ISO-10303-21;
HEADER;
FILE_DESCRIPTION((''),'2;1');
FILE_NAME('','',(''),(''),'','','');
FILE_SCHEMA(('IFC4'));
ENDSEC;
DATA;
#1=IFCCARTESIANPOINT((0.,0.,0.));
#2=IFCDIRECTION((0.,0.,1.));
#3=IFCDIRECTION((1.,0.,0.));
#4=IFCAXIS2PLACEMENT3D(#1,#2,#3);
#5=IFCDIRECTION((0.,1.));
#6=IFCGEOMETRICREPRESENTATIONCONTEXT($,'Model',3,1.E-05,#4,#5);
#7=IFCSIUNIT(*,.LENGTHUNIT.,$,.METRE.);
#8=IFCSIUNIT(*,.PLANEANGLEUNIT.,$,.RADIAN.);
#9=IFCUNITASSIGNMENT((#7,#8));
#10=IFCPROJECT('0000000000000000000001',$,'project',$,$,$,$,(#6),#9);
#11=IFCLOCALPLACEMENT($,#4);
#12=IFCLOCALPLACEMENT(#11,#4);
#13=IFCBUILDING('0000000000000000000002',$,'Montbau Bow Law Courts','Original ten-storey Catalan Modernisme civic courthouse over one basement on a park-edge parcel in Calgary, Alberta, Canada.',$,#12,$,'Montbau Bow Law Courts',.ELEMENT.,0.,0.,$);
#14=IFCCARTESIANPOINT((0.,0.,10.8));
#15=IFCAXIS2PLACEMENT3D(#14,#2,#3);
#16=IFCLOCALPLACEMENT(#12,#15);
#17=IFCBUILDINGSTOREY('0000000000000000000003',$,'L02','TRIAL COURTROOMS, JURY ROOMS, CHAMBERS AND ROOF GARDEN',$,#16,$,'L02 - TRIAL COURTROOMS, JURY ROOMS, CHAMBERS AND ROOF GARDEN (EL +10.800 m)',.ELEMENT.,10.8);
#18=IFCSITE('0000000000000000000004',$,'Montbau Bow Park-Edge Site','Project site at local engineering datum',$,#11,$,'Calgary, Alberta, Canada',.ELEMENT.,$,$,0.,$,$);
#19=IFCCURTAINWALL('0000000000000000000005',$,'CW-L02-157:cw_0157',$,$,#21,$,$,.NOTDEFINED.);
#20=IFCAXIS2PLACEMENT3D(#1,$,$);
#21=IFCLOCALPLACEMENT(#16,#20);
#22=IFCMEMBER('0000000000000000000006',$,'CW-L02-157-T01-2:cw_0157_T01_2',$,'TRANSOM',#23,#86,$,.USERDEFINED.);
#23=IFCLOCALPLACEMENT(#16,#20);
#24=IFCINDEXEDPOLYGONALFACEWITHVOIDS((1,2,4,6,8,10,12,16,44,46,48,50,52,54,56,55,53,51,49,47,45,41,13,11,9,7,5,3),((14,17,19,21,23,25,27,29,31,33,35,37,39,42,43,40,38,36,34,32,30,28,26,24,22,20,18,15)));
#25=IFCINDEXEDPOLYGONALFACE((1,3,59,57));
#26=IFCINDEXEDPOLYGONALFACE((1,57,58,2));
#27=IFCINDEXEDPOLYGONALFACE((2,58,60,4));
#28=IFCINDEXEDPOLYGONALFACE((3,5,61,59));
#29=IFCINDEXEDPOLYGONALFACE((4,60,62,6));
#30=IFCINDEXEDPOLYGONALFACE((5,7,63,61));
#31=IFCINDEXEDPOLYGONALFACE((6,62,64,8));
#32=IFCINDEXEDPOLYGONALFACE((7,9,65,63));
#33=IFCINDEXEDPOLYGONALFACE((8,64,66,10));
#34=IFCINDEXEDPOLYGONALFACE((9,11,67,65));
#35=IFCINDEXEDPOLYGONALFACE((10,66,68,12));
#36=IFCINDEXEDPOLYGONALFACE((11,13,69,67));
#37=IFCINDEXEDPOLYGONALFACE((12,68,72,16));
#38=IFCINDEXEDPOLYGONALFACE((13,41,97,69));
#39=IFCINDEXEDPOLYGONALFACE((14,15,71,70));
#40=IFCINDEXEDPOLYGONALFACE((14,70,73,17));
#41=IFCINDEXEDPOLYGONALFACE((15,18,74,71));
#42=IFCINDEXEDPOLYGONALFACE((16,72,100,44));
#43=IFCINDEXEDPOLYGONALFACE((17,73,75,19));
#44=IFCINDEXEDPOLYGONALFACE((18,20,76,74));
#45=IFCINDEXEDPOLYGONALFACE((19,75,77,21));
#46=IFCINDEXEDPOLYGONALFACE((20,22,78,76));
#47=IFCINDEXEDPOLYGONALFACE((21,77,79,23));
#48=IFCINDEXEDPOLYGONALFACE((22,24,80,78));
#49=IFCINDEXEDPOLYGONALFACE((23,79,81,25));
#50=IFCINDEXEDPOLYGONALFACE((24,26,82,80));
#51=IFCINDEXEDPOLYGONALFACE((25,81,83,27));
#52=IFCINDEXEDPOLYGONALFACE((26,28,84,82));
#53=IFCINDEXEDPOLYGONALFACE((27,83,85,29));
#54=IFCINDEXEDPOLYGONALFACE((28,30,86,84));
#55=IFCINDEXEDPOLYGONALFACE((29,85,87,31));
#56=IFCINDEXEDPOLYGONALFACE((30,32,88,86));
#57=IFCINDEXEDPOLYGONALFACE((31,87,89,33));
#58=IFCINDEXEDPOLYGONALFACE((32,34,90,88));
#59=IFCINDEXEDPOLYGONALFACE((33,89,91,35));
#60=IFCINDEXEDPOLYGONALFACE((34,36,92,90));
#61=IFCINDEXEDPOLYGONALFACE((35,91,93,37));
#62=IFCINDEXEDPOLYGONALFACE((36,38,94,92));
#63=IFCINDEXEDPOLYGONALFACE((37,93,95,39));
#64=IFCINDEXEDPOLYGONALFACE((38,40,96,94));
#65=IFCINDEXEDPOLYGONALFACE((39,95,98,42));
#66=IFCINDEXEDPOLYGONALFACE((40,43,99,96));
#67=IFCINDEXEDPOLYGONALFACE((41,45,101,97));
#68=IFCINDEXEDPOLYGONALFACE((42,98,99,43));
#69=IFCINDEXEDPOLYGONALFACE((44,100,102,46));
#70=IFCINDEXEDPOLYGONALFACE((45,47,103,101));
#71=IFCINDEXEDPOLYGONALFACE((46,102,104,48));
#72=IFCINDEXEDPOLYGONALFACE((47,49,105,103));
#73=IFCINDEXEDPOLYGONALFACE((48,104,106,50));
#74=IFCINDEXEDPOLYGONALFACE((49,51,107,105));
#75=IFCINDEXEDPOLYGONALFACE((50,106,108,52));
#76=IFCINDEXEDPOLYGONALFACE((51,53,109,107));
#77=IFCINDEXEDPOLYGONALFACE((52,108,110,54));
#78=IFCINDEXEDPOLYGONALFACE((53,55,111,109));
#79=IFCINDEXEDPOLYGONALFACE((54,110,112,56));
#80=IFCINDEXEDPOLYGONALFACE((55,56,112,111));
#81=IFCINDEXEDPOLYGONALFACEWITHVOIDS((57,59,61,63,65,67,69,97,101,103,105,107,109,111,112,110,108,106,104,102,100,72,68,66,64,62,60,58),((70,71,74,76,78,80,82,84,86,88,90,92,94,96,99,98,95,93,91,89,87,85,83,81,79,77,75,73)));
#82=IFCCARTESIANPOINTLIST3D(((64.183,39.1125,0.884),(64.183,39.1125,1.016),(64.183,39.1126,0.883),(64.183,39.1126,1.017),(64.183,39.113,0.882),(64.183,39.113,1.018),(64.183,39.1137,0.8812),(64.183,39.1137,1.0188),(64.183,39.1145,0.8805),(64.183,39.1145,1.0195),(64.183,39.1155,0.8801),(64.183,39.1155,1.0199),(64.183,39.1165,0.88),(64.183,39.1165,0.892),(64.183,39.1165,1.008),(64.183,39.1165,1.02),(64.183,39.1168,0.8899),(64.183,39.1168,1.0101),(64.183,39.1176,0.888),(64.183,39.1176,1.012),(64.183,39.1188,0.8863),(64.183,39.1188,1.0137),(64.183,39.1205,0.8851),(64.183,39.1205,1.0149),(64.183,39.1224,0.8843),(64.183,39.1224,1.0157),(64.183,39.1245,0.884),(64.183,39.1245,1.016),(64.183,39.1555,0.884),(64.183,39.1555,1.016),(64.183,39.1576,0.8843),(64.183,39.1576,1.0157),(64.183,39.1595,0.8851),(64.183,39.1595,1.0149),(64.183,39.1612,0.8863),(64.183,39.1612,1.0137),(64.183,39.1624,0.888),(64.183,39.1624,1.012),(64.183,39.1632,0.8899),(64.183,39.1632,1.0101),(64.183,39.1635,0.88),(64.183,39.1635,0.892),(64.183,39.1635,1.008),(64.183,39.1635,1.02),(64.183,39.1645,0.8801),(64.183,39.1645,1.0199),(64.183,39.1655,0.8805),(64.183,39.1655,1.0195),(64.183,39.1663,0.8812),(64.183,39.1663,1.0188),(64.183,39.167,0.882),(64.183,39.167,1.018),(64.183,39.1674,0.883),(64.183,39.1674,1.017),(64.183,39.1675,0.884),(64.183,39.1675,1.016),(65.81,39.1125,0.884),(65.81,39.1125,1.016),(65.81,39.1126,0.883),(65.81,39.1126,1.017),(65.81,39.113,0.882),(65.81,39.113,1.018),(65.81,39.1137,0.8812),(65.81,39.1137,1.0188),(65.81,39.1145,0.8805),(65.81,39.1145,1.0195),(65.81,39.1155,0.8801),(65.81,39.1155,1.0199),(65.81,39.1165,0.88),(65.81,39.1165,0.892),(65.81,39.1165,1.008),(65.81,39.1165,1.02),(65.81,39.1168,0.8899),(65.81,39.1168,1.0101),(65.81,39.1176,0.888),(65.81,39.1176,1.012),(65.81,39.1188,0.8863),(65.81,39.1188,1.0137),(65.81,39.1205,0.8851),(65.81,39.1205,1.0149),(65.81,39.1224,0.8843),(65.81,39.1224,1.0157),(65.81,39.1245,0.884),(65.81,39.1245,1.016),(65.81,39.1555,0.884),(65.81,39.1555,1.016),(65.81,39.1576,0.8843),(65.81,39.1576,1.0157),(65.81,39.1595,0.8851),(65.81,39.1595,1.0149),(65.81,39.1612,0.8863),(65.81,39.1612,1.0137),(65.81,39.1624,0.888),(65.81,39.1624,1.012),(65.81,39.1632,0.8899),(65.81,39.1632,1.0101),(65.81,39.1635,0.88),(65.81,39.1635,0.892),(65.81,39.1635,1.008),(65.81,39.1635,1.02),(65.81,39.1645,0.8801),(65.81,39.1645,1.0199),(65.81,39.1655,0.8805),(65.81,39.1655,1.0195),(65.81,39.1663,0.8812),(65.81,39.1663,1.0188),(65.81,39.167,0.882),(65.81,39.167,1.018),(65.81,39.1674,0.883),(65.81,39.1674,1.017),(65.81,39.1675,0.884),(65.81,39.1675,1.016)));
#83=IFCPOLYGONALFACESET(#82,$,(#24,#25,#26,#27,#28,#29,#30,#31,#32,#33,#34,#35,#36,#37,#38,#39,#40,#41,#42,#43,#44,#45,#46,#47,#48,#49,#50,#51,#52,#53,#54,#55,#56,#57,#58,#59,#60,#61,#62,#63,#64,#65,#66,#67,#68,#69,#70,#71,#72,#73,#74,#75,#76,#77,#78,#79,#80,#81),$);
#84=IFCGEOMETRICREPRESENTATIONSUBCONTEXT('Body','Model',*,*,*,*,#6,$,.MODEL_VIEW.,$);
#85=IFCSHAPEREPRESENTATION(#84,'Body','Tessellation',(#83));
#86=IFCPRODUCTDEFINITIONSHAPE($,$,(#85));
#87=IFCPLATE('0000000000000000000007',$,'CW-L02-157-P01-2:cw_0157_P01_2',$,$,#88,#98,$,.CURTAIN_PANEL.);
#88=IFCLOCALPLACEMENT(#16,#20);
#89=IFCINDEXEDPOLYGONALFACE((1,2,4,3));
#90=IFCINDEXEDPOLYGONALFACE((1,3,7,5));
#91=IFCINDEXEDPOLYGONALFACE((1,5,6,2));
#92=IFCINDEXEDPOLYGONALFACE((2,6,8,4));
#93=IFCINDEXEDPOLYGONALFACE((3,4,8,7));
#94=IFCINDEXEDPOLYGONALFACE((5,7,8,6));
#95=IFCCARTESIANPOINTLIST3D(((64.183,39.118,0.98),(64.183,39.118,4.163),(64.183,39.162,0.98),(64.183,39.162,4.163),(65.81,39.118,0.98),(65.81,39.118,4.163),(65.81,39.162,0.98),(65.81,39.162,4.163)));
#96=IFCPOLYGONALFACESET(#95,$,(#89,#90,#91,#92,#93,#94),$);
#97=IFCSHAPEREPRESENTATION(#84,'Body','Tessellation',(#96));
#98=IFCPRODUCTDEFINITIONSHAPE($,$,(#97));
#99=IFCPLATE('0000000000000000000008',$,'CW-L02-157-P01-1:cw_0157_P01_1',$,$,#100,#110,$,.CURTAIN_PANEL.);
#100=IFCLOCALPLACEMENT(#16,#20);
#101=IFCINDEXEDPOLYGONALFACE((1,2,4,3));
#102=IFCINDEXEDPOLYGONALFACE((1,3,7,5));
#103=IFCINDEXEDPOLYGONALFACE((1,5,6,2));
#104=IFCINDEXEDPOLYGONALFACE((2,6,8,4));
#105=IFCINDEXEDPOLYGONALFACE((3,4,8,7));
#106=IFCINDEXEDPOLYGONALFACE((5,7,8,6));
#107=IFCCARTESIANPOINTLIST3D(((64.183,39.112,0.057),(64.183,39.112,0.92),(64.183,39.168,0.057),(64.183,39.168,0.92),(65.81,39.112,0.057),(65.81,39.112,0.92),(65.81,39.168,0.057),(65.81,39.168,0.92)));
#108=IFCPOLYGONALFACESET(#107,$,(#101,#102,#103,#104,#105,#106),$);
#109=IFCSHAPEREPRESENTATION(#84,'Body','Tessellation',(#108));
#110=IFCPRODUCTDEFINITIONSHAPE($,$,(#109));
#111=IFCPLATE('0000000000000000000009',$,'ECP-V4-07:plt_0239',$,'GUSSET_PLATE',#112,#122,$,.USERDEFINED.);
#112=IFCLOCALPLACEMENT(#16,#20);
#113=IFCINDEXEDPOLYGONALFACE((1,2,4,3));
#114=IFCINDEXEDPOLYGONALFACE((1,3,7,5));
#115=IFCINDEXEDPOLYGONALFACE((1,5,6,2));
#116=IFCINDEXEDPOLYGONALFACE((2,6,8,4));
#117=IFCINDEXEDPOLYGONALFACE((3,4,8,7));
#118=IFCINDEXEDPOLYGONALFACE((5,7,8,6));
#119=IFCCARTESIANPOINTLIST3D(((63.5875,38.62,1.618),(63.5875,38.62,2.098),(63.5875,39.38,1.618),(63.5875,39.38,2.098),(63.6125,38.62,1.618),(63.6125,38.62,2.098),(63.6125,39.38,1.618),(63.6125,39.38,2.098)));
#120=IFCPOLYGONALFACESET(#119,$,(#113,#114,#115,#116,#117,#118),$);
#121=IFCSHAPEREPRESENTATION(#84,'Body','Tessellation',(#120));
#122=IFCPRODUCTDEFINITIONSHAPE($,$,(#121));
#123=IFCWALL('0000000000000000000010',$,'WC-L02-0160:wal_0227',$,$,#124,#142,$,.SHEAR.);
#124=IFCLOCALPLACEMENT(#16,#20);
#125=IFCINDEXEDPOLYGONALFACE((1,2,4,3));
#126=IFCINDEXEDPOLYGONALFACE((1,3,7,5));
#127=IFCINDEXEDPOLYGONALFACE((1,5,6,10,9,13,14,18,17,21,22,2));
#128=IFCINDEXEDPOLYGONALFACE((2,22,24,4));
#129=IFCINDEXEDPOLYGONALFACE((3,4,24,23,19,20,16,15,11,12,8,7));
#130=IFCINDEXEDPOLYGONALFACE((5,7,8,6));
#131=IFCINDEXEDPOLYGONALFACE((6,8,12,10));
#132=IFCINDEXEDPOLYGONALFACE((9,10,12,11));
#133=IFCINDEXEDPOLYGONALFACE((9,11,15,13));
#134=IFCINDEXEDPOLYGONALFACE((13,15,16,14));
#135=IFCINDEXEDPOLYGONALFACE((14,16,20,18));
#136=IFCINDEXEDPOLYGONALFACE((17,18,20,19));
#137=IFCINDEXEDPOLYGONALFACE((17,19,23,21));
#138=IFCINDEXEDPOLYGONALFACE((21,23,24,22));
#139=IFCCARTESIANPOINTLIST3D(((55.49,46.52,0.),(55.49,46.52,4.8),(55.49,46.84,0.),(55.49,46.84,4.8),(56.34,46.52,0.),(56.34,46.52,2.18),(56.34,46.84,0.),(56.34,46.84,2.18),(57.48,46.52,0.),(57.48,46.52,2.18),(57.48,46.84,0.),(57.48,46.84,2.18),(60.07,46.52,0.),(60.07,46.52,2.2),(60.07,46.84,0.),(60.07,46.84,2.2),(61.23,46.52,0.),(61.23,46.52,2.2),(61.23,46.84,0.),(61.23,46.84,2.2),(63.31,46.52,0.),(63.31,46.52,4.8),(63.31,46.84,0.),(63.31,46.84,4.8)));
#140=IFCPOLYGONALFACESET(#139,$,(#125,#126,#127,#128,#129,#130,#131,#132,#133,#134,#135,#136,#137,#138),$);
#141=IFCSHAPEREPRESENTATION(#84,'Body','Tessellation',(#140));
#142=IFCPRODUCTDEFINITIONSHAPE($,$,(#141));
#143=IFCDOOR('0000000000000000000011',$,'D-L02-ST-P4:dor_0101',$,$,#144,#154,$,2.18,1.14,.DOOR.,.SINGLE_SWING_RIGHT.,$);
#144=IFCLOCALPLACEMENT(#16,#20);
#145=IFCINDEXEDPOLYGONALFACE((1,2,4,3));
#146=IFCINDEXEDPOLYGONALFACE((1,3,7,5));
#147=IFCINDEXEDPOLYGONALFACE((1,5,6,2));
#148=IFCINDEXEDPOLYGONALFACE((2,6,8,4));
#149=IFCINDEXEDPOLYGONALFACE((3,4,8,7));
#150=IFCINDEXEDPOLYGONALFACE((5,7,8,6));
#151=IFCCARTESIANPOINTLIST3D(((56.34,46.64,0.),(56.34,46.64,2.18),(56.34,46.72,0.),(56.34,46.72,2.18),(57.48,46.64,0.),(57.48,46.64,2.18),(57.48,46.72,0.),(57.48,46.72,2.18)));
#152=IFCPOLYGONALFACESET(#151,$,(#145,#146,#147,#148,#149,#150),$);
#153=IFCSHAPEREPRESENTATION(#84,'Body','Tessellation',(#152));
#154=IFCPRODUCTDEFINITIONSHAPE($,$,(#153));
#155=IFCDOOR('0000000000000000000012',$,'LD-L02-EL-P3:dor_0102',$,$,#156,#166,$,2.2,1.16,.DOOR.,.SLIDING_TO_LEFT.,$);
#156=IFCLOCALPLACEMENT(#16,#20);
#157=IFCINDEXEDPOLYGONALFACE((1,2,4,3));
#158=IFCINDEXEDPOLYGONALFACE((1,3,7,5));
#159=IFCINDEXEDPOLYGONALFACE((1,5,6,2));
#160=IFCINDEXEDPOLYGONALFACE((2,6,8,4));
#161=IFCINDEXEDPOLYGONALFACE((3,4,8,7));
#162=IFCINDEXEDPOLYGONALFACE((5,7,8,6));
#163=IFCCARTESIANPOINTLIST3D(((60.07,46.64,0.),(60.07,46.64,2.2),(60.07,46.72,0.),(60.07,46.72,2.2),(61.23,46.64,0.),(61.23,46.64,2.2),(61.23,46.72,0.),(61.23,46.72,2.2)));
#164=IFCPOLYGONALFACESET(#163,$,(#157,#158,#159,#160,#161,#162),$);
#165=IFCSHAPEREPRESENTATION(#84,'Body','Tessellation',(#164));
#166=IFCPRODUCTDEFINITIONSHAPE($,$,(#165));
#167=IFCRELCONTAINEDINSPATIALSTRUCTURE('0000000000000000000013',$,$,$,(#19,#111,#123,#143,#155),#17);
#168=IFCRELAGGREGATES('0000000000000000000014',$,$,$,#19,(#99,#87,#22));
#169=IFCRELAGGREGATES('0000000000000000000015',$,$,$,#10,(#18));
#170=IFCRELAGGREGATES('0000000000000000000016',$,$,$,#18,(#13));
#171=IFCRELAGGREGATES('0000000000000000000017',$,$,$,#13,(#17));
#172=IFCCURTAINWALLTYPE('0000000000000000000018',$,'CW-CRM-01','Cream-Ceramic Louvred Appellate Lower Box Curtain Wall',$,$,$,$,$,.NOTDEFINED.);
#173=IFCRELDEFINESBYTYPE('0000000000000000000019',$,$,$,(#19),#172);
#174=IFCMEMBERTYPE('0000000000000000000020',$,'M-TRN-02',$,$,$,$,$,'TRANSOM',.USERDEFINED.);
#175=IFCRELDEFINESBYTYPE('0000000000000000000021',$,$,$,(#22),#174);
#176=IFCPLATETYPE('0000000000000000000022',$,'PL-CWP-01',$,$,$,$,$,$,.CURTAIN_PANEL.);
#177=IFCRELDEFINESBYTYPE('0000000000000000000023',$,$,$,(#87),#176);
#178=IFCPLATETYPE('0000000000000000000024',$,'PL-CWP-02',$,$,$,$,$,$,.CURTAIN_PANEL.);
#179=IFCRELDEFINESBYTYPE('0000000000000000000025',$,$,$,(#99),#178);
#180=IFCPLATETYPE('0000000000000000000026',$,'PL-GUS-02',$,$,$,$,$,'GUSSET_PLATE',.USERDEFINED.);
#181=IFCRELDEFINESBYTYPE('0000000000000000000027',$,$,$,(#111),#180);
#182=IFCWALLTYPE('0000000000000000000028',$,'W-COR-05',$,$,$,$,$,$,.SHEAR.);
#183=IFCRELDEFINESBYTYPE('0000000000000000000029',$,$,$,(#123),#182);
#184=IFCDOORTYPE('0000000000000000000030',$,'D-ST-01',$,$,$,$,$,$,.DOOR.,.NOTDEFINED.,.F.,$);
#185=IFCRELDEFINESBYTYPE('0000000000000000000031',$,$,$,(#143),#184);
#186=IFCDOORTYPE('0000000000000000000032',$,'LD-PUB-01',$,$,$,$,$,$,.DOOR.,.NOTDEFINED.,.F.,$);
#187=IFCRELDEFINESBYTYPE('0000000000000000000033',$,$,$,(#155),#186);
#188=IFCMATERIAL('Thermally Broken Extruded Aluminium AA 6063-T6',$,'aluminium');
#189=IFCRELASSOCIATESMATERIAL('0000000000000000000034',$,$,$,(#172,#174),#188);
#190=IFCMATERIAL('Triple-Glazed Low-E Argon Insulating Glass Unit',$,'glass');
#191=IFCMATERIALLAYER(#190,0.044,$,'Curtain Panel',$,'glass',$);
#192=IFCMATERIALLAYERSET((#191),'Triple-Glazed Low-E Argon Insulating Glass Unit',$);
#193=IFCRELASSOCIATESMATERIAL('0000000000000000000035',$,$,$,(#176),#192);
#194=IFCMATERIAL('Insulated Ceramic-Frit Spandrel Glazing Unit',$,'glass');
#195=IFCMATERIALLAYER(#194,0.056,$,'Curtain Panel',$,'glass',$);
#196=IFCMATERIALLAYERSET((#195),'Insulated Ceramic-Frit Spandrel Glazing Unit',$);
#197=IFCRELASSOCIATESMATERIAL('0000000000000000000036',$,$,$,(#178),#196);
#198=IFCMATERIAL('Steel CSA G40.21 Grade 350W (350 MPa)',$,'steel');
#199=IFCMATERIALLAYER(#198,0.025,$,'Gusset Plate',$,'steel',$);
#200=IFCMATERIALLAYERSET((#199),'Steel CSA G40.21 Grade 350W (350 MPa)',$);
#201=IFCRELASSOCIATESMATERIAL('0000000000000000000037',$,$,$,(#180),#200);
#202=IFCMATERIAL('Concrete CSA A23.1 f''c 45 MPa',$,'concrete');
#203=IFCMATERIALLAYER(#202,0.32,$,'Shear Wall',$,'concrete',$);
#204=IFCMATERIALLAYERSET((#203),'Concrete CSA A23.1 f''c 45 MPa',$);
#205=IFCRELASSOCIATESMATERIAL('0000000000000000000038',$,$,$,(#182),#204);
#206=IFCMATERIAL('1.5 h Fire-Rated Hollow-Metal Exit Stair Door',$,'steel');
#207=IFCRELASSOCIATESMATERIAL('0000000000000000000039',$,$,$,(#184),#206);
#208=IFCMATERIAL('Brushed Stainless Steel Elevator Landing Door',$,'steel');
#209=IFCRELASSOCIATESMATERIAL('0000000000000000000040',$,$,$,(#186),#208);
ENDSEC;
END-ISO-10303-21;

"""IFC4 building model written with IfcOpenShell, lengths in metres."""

from ifc_helpers import new_model, si_unit, direction, frame, frame_2d, origin_with_axes, origin_2d_with_axis, place, context, subcontext, project, spatial, rectangle, hollow_rectangle, extrude, material, layer, layer_set, material_profile, profile_set, type_object, element, fill, aggregate, save


model = new_model("IFC4")

# Units and contexts
model_context = context("Model", 3, precision=1e-05, world=origin_with_axes(), true_north=direction((0.0, 1.0)))
body_context = subcontext(model_context, "Body", "Model", "MODEL_VIEW")
ifc_project = project(units=[si_unit("LENGTHUNIT", "METRE"), si_unit("PLANEANGLEUNIT", "RADIAN")], contexts=[model_context])

# Site, building, storey
site_placement = place(None, origin_with_axes())
site = spatial("IfcSite", under=ifc_project, at=site_placement, Name="Montbau Bow Park-Edge Site", Description="Project site at local engineering datum", LongName="Calgary, Alberta, Canada", CompositionType="ELEMENT", RefElevation=0.0)
building_placement = place(site_placement, origin_with_axes())
building = spatial("IfcBuilding", under=site, at=building_placement, Name="Montbau Bow Law Courts", Description="Original ten-storey Catalan Modernisme civic courthouse over one basement on a park-edge parcel in Calgary, Alberta, Canada.", LongName="Montbau Bow Law Courts", CompositionType="ELEMENT", ElevationOfRefHeight=0.0, ElevationOfTerrain=0.0)
storey_placement = place(building_placement, frame((0.0, 0.0, 10.8), z_axis=(0.0, 0.0, 1.0), x_axis=(1.0, 0.0, 0.0)))
storey = spatial("IfcBuildingStorey", under=building, at=storey_placement, Name="L02", Description="TRIAL COURTROOMS, JURY ROOMS, CHAMBERS AND ROOF GARDEN", LongName="L02 - TRIAL COURTROOMS, JURY ROOMS, CHAMBERS AND ROOF GARDEN (EL +10.800 m)", CompositionType="ELEMENT", Elevation=10.8)

# Shared definitions
ifc_material_1 = material(Name="Steel CSA G40.21 Grade 350W (350 MPa)", Category="steel")

# Curtain wall
ifc_material_2 = material(Name="Thermally Broken Extruded Aluminium AA 6063-T6", Category="aluminium")
curtain_wall_type = type_object("IfcCurtainWallType", Name="CW-CRM-01", Description="Cream-Ceramic Louvred Appellate Lower Box Curtain Wall", PredefinedType="NOTDEFINED", material=ifc_material_2)
curtain_wall_placement = place(None, frame((64.115, 39.14, 10.8), z_axis=(0.0, 0.0, 1.0), x_axis=(1.0, 0.0, 0.0)))
curtain_wall = element("IfcCurtainWall", 1, at=curtain_wall_placement, inside=storey, type_object=curtain_wall_type, Name="CW-L02-157:cw_0157", PredefinedType="NOTDEFINED")

# Member
ifc_material_profile_1 = material_profile(ifc_material_2, hollow_rectangle(XDim=0.055, YDim=0.14, WallThickness=0.004, InnerFilletRadius=0.008, OuterFilletRadius=0.004, at=origin_2d_with_axis()), Name="CWT-140X55", Category="Main", Priority=0)
ifc_profile_set_1 = profile_set([ifc_material_profile_1], Name="Thermally Broken Extruded Aluminium AA 6063-T6")
member_type_1 = type_object("IfcMemberType", Name="M-TRN-02", ElementType="TRANSOM", PredefinedType="USERDEFINED", material=ifc_profile_set_1)
member_1_placement = place(None, frame((64.183, 39.14, 11.75), z_axis=(1.0, 0.0, 0.0), x_axis=(0.0, 1.0, 0.0)))
member_1 = element("IfcMember", 2, at=member_1_placement, type_object=member_type_1, Name="CW-L02-157-T01-2:cw_0157_T01_2", ObjectType="TRANSOM", PredefinedType="USERDEFINED", context=body_context, shape_type="SweptSolid", body=[
    extrude(hollow_rectangle(XDim=0.055, YDim=0.14, WallThickness=0.004, InnerFilletRadius=0.008, OuterFilletRadius=0.004, at=origin_2d_with_axis()), origin_with_axes(), (0.0, 0.0, 1.0), 1.627),
])

# Plates
ifc_material_3 = material(Name="Triple-Glazed Low-E Argon Insulating Glass Unit", Category="glass")
ifc_layer_1 = layer(ifc_material_3, 0.044, Name="Curtain Panel", Category="glass")
ifc_layer_set_1 = layer_set([ifc_layer_1], Name="Triple-Glazed Low-E Argon Insulating Glass Unit")
plate_type_1 = type_object("IfcPlateType", Name="PL-CWP-01", PredefinedType="CURTAIN_PANEL", material=ifc_layer_set_1)
plate_1_placement = place(None, frame((64.183, 39.14, 11.78), z_axis=(0.0, -1.0, 0.0), x_axis=(1.0, 0.0, 0.0)))
plate_1 = element("IfcPlate", 3, at=plate_1_placement, type_object=plate_type_1, Name="CW-L02-157-P01-2:cw_0157_P01_2", PredefinedType="CURTAIN_PANEL", context=body_context, shape_type="SweptSolid", body=[
    extrude(rectangle(XDim=1.627, YDim=3.183, at=frame_2d((0.8135, 1.5915), x_axis=(1.0, 0.0))), frame((0.0, 0.0, -0.022), z_axis=(0.0, 0.0, 1.0), x_axis=(1.0, 0.0, 0.0)), (0.0, 0.0, 1.0), 0.044),
])
ifc_material_4 = material(Name="Insulated Ceramic-Frit Spandrel Glazing Unit", Category="glass")
ifc_layer_2 = layer(ifc_material_4, 0.056, Name="Curtain Panel", Category="glass")
ifc_layer_set_2 = layer_set([ifc_layer_2], Name="Insulated Ceramic-Frit Spandrel Glazing Unit")
plate_type_2 = type_object("IfcPlateType", Name="PL-CWP-02", PredefinedType="CURTAIN_PANEL", material=ifc_layer_set_2)
plate_2_placement = place(None, frame((64.183, 39.14, 10.857), z_axis=(0.0, -1.0, 0.0), x_axis=(1.0, 0.0, 0.0)))
plate_2 = element("IfcPlate", 4, at=plate_2_placement, type_object=plate_type_2, Name="CW-L02-157-P01-1:cw_0157_P01_1", PredefinedType="CURTAIN_PANEL", context=body_context, shape_type="SweptSolid", body=[
    extrude(rectangle(XDim=1.627, YDim=0.863, at=frame_2d((0.8135, 0.4315), x_axis=(1.0, 0.0))), frame((0.0, 0.0, -0.028), z_axis=(0.0, 0.0, 1.0), x_axis=(1.0, 0.0, 0.0)), (0.0, 0.0, 1.0), 0.056),
])
aggregate(curtain_wall, [plate_2, plate_1, member_1])
ifc_layer_3 = layer(ifc_material_1, 0.025, Name="Gusset Plate", Category="steel")
ifc_layer_set_3 = layer_set([ifc_layer_3], Name="Steel CSA G40.21 Grade 350W (350 MPa)")
plate_type_3 = type_object("IfcPlateType", Name="PL-GUS-02", ElementType="GUSSET_PLATE", PredefinedType="USERDEFINED", material=ifc_layer_set_3)
plate_3_placement = place(None, frame((63.6, 39.0, 12.418), z_axis=(0.0, 0.0, 1.0), x_axis=(1.0, 0.0, 0.0)))
element("IfcPlate", 5, at=plate_3_placement, inside=storey, type_object=plate_type_3, Name="ECP-V4-07:plt_0239", ObjectType="GUSSET_PLATE", PredefinedType="USERDEFINED", context=body_context, shape_type="SweptSolid", body=[
    extrude(rectangle(XDim=0.025, YDim=0.76, at=origin_2d_with_axis()), origin_with_axes(), (0.0, 0.0, 1.0), 0.48),
])

# Wall, openings, doors
ifc_material_5 = material(Name="Concrete CSA A23.1 f'c 45 MPa", Category="concrete")
ifc_layer_4 = layer(ifc_material_5, 0.32, Name="Shear Wall", Category="concrete")
ifc_layer_set_4 = layer_set([ifc_layer_4], Name="Concrete CSA A23.1 f'c 45 MPa")
wall_type_1 = type_object("IfcWallType", Name="W-COR-05", PredefinedType="SHEAR", material=ifc_layer_set_4)
wall_1_placement = place(None, frame((55.49, 46.68, 10.8), z_axis=(0.0, 0.0, 1.0), x_axis=(1.0, 0.0, 0.0)))
wall_1 = element("IfcWall", 6, at=wall_1_placement, inside=storey, type_object=wall_type_1, Name="WC-L02-0160:wal_0227", PredefinedType="SHEAR", context=body_context, shape_type="SweptSolid", body=[
    extrude(rectangle(XDim=7.82, YDim=0.32, at=frame_2d((3.91, 0.0), x_axis=(1.0, 0.0))), origin_with_axes(), (0.0, 0.0, 1.0), 4.8),
])
opening_1_placement = place(None, frame((56.91, 46.68, 10.8), z_axis=(0.0, 0.0, 1.0), x_axis=(1.0, 0.0, 0.0)))
opening_1 = element("IfcOpeningElement", 7, at=opening_1_placement, cuts=wall_1, PredefinedType="OPENING", context=body_context, shape_type="SweptSolid", body=[
    extrude(rectangle(XDim=1.14, YDim=2.18, at=frame_2d((0.0, 1.09), x_axis=(1.0, 0.0))), frame((0.0, 0.17, 0.0), z_axis=(0.0, -1.0, 0.0), x_axis=(1.0, 0.0, 0.0)), (0.0, 0.0, 1.0), 0.34),
])
opening_2_placement = place(None, frame((60.65, 46.68, 10.8), z_axis=(0.0, 0.0, 1.0), x_axis=(1.0, 0.0, 0.0)))
opening_2 = element("IfcOpeningElement", 8, at=opening_2_placement, cuts=wall_1, PredefinedType="OPENING", context=body_context, shape_type="SweptSolid", body=[
    extrude(rectangle(XDim=1.16, YDim=2.2, at=frame_2d((0.0, 1.1), x_axis=(1.0, 0.0))), frame((0.0, 0.17, 0.0), z_axis=(0.0, -1.0, 0.0), x_axis=(1.0, 0.0, 0.0)), (0.0, 0.0, 1.0), 0.34),
])
ifc_material_6 = material(Name="1.5 h Fire-Rated Hollow-Metal Exit Stair Door", Category="steel")
door_type_1 = type_object("IfcDoorType", Name="D-ST-01", OperationType="NOTDEFINED", ParameterTakesPrecedence=False, PredefinedType="DOOR", material=ifc_material_6)
door_1_placement = place(None, frame((56.91, 46.68, 10.8), z_axis=(0.0, 0.0, 1.0), x_axis=(-1.0, 0.0, 0.0)))
door_1 = element("IfcDoor", 9, at=door_1_placement, inside=storey, type_object=door_type_1, Name="D-L02-ST-P4:dor_0101", OperationType="SINGLE_SWING_RIGHT", OverallHeight=2.18, OverallWidth=1.14, PredefinedType="DOOR", context=body_context, shape_type="SweptSolid", body=[
    extrude(rectangle(XDim=1.14, YDim=2.18, at=frame_2d((0.0, 1.09), x_axis=(1.0, 0.0))), frame((0.0, 0.04, 0.0), z_axis=(0.0, -1.0, 0.0), x_axis=(1.0, 0.0, 0.0)), (0.0, 0.0, 1.0), 0.08),
])
fill(opening_1, door_1)
ifc_material_7 = material(Name="Brushed Stainless Steel Elevator Landing Door", Category="steel")
door_type_2 = type_object("IfcDoorType", Name="LD-PUB-01", OperationType="NOTDEFINED", ParameterTakesPrecedence=False, PredefinedType="DOOR", material=ifc_material_7)
door_2_placement = place(None, frame((60.65, 46.68, 10.8), z_axis=(0.0, 0.0, 1.0), x_axis=(-1.0, 0.0, 0.0)))
door_2 = element("IfcDoor", 10, at=door_2_placement, inside=storey, type_object=door_type_2, Name="LD-L02-EL-P3:dor_0102", OperationType="SLIDING_TO_LEFT", OverallHeight=2.2, OverallWidth=1.16, PredefinedType="DOOR", context=body_context, shape_type="SweptSolid", body=[
    extrude(rectangle(XDim=1.16, YDim=2.2, at=frame_2d((0.0, 1.1), x_axis=(1.0, 0.0))), frame((0.0, 0.04, 0.0), z_axis=(0.0, -1.0, 0.0), x_axis=(1.0, 0.0, 0.0)), (0.0, 0.0, 1.0), 0.08),
])
fill(opening_2, door_2)

save(model, "model.ifc")
